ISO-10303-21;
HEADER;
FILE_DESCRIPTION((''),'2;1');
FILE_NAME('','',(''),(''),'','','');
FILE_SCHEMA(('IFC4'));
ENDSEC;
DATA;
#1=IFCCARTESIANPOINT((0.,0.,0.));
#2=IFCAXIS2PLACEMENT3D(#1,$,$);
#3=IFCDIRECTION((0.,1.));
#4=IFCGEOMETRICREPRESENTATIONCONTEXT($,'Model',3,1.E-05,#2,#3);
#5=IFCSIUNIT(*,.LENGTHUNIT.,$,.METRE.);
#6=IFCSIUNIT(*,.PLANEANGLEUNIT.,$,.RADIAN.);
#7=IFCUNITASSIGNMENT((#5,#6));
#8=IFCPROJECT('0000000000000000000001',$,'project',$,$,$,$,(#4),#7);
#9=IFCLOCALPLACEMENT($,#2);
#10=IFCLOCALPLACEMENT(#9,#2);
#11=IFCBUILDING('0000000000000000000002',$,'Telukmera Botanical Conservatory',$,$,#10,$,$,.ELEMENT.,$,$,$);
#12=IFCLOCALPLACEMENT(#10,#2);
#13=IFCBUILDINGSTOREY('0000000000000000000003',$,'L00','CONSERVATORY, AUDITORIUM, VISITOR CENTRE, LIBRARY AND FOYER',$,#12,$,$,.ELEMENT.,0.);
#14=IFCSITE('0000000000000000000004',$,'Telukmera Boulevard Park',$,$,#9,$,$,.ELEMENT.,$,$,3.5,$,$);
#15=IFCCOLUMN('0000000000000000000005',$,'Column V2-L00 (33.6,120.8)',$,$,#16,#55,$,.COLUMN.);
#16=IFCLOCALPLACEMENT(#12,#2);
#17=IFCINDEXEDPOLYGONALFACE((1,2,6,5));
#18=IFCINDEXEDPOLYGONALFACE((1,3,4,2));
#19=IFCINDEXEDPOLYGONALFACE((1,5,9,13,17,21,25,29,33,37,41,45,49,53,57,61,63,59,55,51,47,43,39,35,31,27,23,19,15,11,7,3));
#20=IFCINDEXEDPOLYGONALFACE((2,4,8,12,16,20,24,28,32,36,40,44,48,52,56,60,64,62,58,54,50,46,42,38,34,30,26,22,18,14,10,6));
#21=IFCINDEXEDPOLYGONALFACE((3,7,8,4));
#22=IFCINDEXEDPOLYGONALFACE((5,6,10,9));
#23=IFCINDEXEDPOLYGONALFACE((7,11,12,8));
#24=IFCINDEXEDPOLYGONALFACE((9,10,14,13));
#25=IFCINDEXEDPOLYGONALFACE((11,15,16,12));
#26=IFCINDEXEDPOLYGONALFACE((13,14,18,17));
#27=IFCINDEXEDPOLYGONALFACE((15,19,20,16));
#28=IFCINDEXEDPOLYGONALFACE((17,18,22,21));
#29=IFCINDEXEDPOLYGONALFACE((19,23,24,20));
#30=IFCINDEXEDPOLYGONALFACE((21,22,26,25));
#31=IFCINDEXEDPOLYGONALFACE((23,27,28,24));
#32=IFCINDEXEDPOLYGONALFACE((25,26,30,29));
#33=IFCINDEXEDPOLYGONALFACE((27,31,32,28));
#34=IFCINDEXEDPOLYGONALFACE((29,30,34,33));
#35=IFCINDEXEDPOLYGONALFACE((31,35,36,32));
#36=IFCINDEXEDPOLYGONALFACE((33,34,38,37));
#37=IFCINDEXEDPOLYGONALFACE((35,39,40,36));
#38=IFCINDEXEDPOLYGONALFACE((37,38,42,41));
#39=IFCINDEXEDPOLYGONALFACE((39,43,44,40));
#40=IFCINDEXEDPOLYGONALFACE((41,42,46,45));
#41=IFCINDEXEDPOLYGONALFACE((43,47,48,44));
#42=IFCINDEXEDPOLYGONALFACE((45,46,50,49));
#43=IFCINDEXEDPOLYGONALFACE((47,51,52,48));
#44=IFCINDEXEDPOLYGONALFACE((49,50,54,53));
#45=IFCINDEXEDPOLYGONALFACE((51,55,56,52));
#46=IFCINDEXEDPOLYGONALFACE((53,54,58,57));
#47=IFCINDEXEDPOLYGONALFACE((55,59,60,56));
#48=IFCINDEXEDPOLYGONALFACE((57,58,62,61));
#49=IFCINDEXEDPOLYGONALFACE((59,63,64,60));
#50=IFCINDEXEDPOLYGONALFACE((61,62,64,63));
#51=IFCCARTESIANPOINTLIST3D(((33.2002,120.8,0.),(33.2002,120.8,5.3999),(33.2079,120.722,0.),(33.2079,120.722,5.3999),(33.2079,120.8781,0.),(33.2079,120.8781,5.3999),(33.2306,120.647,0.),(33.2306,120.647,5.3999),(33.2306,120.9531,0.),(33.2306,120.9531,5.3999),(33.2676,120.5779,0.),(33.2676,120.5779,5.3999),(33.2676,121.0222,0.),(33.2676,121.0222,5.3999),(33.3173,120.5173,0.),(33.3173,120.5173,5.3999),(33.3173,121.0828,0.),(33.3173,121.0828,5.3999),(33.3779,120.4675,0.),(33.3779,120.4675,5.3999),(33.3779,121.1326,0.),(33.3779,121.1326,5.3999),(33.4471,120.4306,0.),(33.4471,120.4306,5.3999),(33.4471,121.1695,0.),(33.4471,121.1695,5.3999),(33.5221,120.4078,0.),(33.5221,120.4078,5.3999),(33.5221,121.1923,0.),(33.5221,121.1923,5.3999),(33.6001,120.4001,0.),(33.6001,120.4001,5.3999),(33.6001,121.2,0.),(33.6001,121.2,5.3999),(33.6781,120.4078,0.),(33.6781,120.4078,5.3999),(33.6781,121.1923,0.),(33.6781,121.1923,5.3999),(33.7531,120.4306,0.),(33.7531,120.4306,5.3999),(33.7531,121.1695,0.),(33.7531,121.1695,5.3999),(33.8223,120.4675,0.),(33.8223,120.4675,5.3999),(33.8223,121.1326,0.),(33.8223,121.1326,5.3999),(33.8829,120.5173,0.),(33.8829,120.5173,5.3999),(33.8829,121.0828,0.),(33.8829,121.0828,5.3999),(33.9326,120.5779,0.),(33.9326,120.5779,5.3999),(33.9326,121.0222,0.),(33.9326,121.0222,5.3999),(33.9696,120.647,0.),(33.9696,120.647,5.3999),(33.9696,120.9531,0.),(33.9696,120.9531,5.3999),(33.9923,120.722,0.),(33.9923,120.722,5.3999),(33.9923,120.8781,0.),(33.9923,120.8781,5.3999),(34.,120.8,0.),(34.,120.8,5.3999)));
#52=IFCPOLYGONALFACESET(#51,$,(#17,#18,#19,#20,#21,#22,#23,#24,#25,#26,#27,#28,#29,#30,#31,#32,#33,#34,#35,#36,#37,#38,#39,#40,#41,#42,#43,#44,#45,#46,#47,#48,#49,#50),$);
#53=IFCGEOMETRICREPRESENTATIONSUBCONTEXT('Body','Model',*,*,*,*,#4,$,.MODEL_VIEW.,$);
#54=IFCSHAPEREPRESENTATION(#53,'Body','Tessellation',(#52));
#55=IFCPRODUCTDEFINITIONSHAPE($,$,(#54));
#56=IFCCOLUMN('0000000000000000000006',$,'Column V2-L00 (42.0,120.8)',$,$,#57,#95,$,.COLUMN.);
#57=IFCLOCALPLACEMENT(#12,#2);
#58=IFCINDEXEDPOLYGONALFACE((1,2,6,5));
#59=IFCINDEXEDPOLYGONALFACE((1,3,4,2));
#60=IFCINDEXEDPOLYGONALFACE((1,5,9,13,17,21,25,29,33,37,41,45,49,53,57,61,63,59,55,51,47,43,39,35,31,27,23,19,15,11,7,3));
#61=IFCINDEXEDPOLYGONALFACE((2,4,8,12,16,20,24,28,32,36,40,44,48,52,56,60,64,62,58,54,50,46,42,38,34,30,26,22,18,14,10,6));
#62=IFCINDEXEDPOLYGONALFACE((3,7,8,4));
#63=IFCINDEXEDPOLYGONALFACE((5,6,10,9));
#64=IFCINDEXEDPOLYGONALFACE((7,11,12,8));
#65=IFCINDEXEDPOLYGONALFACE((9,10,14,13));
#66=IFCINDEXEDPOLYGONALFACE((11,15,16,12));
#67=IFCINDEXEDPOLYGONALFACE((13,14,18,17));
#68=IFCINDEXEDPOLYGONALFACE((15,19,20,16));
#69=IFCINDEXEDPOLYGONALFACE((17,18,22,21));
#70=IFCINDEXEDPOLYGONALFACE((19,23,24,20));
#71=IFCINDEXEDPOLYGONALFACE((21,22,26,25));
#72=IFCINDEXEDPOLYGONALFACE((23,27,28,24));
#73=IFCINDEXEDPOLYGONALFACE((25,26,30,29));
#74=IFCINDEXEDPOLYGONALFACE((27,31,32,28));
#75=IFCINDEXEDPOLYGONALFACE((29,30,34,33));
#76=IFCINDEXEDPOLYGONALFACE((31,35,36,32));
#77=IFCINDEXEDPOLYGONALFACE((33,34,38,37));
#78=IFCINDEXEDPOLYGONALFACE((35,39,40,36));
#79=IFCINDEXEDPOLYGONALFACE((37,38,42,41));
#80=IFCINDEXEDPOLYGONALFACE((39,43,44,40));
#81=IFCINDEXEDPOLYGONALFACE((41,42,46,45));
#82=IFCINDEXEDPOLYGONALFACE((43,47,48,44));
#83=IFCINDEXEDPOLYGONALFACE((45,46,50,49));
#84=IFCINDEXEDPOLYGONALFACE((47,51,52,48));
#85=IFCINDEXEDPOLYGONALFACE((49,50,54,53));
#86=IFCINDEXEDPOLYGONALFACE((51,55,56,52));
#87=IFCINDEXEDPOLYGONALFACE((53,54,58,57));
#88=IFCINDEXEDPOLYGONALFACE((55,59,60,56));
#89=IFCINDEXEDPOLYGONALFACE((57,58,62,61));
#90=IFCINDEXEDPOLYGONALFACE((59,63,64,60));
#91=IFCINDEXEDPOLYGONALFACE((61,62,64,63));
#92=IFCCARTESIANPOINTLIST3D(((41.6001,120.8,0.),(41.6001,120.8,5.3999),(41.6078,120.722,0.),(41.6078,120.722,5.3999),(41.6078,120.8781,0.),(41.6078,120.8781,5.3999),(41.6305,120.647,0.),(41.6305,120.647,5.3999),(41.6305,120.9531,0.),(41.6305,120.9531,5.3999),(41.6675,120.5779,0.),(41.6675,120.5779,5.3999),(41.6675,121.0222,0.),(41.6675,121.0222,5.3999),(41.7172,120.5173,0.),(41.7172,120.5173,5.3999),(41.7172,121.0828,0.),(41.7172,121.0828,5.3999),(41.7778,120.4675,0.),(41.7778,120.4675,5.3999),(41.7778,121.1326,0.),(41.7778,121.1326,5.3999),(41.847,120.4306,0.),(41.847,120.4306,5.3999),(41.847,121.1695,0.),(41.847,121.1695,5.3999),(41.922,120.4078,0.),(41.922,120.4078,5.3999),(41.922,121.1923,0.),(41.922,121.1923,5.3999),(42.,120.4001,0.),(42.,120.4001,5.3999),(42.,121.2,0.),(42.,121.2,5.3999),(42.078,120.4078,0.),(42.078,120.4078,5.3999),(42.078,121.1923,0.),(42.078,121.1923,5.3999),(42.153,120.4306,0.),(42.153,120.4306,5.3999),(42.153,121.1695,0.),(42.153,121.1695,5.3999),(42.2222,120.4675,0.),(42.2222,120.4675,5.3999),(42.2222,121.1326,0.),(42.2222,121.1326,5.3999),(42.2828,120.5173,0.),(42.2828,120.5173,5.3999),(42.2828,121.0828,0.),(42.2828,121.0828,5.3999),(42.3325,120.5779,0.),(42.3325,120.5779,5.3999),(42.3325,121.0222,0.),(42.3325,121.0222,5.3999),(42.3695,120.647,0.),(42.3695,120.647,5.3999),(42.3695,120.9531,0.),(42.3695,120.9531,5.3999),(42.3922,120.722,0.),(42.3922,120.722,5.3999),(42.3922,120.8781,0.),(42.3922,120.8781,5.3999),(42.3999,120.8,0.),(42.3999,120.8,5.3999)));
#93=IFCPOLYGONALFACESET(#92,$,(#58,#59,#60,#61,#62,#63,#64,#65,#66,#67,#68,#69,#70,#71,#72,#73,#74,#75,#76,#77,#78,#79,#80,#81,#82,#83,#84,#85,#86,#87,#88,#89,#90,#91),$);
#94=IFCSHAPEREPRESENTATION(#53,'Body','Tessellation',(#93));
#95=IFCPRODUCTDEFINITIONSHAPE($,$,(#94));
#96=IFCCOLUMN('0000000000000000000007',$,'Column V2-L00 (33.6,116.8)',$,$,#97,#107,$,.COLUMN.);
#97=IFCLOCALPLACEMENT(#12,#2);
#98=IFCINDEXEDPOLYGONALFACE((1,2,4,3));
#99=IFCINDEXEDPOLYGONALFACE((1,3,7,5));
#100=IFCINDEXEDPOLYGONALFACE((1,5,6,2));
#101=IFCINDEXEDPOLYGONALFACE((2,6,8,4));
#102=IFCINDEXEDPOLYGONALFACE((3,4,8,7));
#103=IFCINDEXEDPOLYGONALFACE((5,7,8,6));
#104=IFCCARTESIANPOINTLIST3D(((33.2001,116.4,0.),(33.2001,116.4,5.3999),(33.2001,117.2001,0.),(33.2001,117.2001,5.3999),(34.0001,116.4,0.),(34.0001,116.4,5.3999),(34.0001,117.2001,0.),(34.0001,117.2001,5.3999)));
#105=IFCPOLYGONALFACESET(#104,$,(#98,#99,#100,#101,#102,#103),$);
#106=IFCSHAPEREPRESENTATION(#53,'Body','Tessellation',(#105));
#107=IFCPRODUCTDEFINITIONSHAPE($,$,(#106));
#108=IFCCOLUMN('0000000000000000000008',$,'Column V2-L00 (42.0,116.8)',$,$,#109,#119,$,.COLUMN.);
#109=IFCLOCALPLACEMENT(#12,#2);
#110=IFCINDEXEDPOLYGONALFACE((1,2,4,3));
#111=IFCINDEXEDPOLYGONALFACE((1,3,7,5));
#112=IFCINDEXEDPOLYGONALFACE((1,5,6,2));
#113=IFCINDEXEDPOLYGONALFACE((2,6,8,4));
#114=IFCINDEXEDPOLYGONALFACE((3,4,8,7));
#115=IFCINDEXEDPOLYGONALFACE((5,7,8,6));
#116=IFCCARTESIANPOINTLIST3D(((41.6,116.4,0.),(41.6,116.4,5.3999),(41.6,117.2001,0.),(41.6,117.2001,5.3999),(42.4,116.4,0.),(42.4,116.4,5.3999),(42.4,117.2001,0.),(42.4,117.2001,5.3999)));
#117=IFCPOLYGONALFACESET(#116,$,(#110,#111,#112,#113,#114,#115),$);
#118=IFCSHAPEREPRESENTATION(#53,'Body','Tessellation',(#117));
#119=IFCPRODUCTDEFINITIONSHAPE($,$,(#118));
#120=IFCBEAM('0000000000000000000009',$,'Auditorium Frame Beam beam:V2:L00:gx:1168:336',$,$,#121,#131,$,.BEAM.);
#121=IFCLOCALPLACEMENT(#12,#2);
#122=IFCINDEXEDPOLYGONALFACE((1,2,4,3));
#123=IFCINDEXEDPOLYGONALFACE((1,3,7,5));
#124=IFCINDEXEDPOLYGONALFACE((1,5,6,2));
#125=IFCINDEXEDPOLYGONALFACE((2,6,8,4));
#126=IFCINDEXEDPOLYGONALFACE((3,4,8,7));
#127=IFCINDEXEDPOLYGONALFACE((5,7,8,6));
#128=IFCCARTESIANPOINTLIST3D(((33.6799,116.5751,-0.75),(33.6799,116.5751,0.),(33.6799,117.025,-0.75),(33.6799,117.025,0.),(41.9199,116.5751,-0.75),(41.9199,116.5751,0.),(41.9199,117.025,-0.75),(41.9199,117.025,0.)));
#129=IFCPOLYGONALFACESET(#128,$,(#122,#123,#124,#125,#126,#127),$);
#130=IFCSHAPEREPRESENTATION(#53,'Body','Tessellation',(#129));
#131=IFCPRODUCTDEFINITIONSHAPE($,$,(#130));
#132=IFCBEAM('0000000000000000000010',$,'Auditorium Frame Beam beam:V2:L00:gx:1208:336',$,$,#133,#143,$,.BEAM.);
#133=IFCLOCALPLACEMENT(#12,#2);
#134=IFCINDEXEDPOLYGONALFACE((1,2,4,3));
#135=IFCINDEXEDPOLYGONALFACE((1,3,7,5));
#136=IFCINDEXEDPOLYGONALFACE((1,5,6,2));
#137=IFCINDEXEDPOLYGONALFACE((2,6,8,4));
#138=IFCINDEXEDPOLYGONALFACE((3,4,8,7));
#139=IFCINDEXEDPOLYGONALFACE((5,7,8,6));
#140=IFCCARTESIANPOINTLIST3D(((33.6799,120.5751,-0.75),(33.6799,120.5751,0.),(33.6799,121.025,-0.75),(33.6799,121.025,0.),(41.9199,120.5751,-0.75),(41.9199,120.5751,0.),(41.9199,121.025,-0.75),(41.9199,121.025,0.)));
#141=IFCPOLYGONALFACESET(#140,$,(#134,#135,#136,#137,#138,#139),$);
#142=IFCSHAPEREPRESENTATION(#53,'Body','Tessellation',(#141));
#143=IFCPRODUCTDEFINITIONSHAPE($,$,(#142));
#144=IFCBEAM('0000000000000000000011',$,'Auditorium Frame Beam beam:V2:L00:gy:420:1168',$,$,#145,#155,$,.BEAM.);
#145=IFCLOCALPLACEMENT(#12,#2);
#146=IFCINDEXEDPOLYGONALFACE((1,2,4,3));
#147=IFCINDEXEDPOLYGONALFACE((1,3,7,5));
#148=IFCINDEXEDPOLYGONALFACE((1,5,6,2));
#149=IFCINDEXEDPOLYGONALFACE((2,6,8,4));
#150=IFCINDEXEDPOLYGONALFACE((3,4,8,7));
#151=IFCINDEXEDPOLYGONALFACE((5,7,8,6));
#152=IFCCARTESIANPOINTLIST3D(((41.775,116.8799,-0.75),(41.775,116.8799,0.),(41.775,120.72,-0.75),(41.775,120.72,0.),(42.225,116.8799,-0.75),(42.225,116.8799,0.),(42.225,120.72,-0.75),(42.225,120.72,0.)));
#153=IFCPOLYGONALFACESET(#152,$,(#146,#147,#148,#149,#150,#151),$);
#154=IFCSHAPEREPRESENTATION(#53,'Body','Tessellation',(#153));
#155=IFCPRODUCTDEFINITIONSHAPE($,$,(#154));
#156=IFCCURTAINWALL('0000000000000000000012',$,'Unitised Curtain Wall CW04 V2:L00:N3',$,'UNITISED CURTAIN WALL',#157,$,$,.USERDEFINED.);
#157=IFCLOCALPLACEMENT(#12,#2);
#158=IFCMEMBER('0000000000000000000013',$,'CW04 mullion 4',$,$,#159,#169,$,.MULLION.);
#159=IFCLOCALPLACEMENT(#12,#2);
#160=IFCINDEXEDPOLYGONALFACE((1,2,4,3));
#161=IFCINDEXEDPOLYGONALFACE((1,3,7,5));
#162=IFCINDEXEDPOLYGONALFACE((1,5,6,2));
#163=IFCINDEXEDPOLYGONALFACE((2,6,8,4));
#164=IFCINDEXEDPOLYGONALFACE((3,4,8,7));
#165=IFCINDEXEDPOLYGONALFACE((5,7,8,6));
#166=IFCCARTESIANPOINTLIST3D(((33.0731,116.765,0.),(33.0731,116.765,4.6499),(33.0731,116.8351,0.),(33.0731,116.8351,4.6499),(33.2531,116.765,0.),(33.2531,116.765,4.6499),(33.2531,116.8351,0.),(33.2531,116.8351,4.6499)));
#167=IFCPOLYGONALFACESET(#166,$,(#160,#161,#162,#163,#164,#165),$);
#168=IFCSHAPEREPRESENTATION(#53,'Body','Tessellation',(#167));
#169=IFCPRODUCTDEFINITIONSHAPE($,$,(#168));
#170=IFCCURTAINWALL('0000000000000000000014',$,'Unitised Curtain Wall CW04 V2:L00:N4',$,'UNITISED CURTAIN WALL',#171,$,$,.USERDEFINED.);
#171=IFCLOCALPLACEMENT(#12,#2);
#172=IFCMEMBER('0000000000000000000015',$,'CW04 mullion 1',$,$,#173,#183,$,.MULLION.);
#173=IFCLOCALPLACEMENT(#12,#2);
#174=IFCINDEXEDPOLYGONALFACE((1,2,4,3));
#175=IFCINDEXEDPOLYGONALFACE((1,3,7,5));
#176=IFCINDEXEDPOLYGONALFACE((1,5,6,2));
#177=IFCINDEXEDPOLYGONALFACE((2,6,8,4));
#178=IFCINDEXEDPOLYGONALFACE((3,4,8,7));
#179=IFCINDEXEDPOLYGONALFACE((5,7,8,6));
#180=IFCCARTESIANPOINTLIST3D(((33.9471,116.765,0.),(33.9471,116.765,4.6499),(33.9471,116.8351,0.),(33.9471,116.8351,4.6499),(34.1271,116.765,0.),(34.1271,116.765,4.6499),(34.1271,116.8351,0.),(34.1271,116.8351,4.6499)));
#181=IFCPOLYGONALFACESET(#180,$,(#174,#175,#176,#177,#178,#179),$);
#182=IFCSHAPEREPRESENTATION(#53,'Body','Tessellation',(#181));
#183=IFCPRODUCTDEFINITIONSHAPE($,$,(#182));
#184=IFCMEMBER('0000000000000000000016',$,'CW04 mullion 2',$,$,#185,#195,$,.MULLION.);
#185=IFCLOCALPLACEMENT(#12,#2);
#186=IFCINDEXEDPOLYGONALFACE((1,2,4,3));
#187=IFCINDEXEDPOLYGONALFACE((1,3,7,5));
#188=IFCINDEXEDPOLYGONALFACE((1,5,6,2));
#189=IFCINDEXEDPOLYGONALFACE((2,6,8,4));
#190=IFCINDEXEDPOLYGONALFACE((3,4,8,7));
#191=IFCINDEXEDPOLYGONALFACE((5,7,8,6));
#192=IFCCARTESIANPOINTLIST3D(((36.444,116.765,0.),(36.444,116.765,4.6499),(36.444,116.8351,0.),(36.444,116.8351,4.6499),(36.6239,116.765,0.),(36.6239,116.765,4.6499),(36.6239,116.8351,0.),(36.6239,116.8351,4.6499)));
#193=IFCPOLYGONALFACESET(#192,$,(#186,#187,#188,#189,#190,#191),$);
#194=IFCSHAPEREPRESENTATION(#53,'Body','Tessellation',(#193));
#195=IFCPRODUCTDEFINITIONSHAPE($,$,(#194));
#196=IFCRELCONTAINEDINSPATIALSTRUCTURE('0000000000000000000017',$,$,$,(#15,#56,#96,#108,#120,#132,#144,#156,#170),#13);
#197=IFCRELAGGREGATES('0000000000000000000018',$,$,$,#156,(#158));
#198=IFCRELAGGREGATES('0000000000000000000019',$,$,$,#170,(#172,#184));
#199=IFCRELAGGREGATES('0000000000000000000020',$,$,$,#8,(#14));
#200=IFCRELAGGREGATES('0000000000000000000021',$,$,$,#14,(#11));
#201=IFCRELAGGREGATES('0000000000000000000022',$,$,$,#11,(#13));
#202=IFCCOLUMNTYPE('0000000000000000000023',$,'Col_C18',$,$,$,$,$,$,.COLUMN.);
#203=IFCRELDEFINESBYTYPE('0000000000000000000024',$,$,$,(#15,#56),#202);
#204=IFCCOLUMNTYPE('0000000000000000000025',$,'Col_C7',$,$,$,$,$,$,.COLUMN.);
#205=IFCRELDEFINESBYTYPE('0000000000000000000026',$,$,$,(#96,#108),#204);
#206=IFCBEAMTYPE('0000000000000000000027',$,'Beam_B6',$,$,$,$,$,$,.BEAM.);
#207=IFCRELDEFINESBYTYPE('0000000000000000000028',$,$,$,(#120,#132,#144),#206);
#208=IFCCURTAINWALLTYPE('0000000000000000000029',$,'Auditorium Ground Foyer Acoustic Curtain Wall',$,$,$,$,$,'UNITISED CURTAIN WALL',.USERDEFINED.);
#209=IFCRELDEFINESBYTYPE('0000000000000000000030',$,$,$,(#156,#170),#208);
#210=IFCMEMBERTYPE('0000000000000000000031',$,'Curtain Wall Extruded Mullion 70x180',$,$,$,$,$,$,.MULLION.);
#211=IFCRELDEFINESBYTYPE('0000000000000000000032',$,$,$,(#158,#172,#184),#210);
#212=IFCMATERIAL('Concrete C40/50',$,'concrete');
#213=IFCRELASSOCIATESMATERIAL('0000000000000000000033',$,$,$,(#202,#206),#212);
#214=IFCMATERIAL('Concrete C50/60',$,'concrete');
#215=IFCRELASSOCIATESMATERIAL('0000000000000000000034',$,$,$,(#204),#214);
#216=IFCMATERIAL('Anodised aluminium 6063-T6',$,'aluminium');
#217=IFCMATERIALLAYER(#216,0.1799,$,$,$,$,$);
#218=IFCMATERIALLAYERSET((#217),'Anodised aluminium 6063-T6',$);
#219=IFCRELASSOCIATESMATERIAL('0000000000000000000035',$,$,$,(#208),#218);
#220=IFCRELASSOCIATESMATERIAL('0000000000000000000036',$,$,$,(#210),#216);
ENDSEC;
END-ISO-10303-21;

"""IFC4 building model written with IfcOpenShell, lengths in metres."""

from ifc_helpers import new_model, si_unit, direction, frame, origin, origin_2d, place, context, subcontext, project, spatial, rectangle, circle, extrude, material, layer, layer_set, material_profile, profile_set, type_object, element, aggregate, save


model = new_model("IFC4")

# Units and contexts
model_context = context("Model", 3, precision=1e-05, world=origin(), true_north=direction((0.0, 1.0)))
body_context = subcontext(model_context, "Body", "Model", "MODEL_VIEW")
ifc_project = project(units=[si_unit("LENGTHUNIT", "METRE"), si_unit("PLANEANGLEUNIT", "RADIAN")], contexts=[model_context])

# Site, building, storey
site_placement = place(None, origin())
site = spatial("IfcSite", under=ifc_project, at=site_placement, Name="Telukmera Boulevard Park", CompositionType="ELEMENT", RefElevation=3.5)
building_placement = place(site_placement, origin())
building = spatial("IfcBuilding", under=site, at=building_placement, Name="Telukmera Botanical Conservatory", CompositionType="ELEMENT")
storey_placement = place(building_placement, origin())
storey = spatial("IfcBuildingStorey", under=building, at=storey_placement, Name="L00", Description="CONSERVATORY, AUDITORIUM, VISITOR CENTRE, LIBRARY AND FOYER", CompositionType="ELEMENT", Elevation=0.0)

# Columns
ifc_material_1 = material(Name="Concrete C40/50", Category="concrete")
ifc_material_profile_1 = material_profile(ifc_material_1, circle(Radius=0.3999, at=origin_2d()), Name="RC D800")
ifc_profile_set_1 = profile_set([ifc_material_profile_1], Name="Concrete C40/50")
column_type_1 = type_object("IfcColumnType", Name="Col_C18", PredefinedType="COLUMN", material=ifc_profile_set_1)
for number, where, z_axis, x_axis, name in (
    (1, (33.6001, 120.8, 0.0), (0.0, 0.0, 1.0), (1.0, 0.0, 0.0), "Column V2-L00 (33.6,120.8)"),
    (2, (42.0, 120.8, 0.0), (0.0, 0.0, 1.0), (1.0, 0.0, 0.0), "Column V2-L00 (42.0,120.8)"),
):
    element("IfcColumn", number, at=place(storey_placement, frame(where, z_axis=z_axis, x_axis=x_axis)), inside=storey, type_object=column_type_1, Name=name, PredefinedType="COLUMN", context=body_context, shape_type="SweptSolid", body=[
        extrude(circle(Radius=0.3999, at=origin_2d()), origin(), (0.0, 0.0, 1.0), 5.3999),
    ])
ifc_material_2 = material(Name="Concrete C50/60", Category="concrete")
ifc_material_profile_2 = material_profile(ifc_material_2, rectangle(XDim=0.8, YDim=0.8, at=origin_2d()), Name="RC 800x800")
ifc_profile_set_2 = profile_set([ifc_material_profile_2], Name="Concrete C50/60")
column_type_2 = type_object("IfcColumnType", Name="Col_C7", PredefinedType="COLUMN", material=ifc_profile_set_2)
for number, where, z_axis, x_axis, name in (
    (3, (33.6001, 116.8, 0.0), (0.0, 0.0, 1.0), (1.0, 0.0, 0.0), "Column V2-L00 (33.6,116.8)"),
    (4, (42.0, 116.8, 0.0), (0.0, 0.0, 1.0), (1.0, 0.0, 0.0), "Column V2-L00 (42.0,116.8)"),
):
    element("IfcColumn", number, at=place(storey_placement, frame(where, z_axis=z_axis, x_axis=x_axis)), inside=storey, type_object=column_type_2, Name=name, PredefinedType="COLUMN", context=body_context, shape_type="SweptSolid", body=[
        extrude(rectangle(XDim=0.8, YDim=0.8, at=origin_2d()), origin(), (0.0, 0.0, 1.0), 5.3999),
    ])

# Beams
ifc_material_profile_3 = material_profile(ifc_material_1, rectangle(XDim=0.45, YDim=0.75, at=origin_2d()), Name="RC 450x750")
ifc_profile_set_3 = profile_set([ifc_material_profile_3], Name="Concrete C40/50")
beam_type = type_object("IfcBeamType", Name="Beam_B6", PredefinedType="BEAM", material=ifc_profile_set_3)
for number, where, z_axis, x_axis, name in (
    (5, (33.6799, 116.8, -0.375), (1.0, 0.0, 0.0), (0.0, 1.0, 0.0), "Auditorium Frame Beam beam:V2:L00:gx:1168:336"),
    (6, (33.6799, 120.8, -0.375), (1.0, 0.0, 0.0), (0.0, 1.0, 0.0), "Auditorium Frame Beam beam:V2:L00:gx:1208:336"),
):
    element("IfcBeam", number, at=place(storey_placement, frame(where, z_axis=z_axis, x_axis=x_axis)), inside=storey, type_object=beam_type, Name=name, PredefinedType="BEAM", context=body_context, shape_type="SweptSolid", body=[
        extrude(rectangle(XDim=0.45, YDim=0.75, at=origin_2d()), origin(), (0.0, 0.0, 1.0), 8.24),
    ])
beam_placement = place(storey_placement, frame((42.0, 116.8799, -0.375), z_axis=(0.0, 1.0, 0.0), x_axis=(-1.0, 0.0, 0.0)))
element("IfcBeam", 7, at=beam_placement, inside=storey, type_object=beam_type, Name="Auditorium Frame Beam beam:V2:L00:gy:420:1168", PredefinedType="BEAM", context=body_context, shape_type="SweptSolid", body=[
    extrude(rectangle(XDim=0.45, YDim=0.75, at=origin_2d()), origin(), (0.0, 0.0, 1.0), 3.8401),
])

# Curtain wall, member
ifc_material_3 = material(Name="Anodised aluminium 6063-T6", Category="aluminium")
ifc_layer_1 = layer(ifc_material_3, 0.1799)
ifc_layer_set_1 = layer_set([ifc_layer_1], Name="Anodised aluminium 6063-T6")
curtain_wall_type = type_object("IfcCurtainWallType", Name="Auditorium Ground Foyer Acoustic Curtain Wall", ElementType="UNITISED CURTAIN WALL", PredefinedType="USERDEFINED", material=ifc_layer_set_1)
curtain_wall_1_placement = place(storey_placement, origin())
curtain_wall_1 = element("IfcCurtainWall", 8, at=curtain_wall_1_placement, inside=storey, type_object=curtain_wall_type, Name="Unitised Curtain Wall CW04 V2:L00:N3", ObjectType="UNITISED CURTAIN WALL", PredefinedType="USERDEFINED")
ifc_material_profile_4 = material_profile(ifc_material_3, rectangle(XDim=0.0701, YDim=0.1799, at=origin_2d()), Name="ALU MULL 70x180")
ifc_profile_set_4 = profile_set([ifc_material_profile_4], Name="Anodised aluminium 6063-T6")
member_type_1 = type_object("IfcMemberType", Name="Curtain Wall Extruded Mullion 70x180", PredefinedType="MULLION", material=ifc_profile_set_4)
member_1_placement = place(storey_placement, frame((33.1631, 116.8, 0.0), z_axis=(0.0, 0.0, 1.0), x_axis=(0.0, 1.0, 0.0)))
member_1 = element("IfcMember", 9, at=member_1_placement, type_object=member_type_1, Name="CW04 mullion 4", PredefinedType="MULLION", context=body_context, shape_type="SweptSolid", body=[
    extrude(rectangle(XDim=0.0701, YDim=0.1799, at=origin_2d()), origin(), (0.0, 0.0, 1.0), 4.6499),
])

# Curtain wall, members
curtain_wall_2_placement = place(storey_placement, origin())
curtain_wall_2 = element("IfcCurtainWall", 10, at=curtain_wall_2_placement, inside=storey, type_object=curtain_wall_type, Name="Unitised Curtain Wall CW04 V2:L00:N4", ObjectType="UNITISED CURTAIN WALL", PredefinedType="USERDEFINED")
member_2_placement = place(storey_placement, frame((34.0371, 116.8, 0.0), z_axis=(0.0, 0.0, 1.0), x_axis=(0.0, 1.0, 0.0)))
member_2 = element("IfcMember", 11, at=member_2_placement, type_object=member_type_1, Name="CW04 mullion 1", PredefinedType="MULLION", context=body_context, shape_type="SweptSolid", body=[
    extrude(rectangle(XDim=0.0701, YDim=0.1799, at=origin_2d()), origin(), (0.0, 0.0, 1.0), 4.6499),
])
member_3_placement = place(storey_placement, frame((36.5339, 116.8, 0.0), z_axis=(0.0, 0.0, 1.0), x_axis=(0.0, 1.0, 0.0)))
member_3 = element("IfcMember", 12, at=member_3_placement, type_object=member_type_1, Name="CW04 mullion 2", PredefinedType="MULLION", context=body_context, shape_type="SweptSolid", body=[
    extrude(rectangle(XDim=0.0701, YDim=0.1799, at=origin_2d()), origin(), (0.0, 0.0, 1.0), 4.6499),
])

aggregate(curtain_wall_1, [member_1])
aggregate(curtain_wall_2, [member_2, member_3])

save(model, "model.ifc")
